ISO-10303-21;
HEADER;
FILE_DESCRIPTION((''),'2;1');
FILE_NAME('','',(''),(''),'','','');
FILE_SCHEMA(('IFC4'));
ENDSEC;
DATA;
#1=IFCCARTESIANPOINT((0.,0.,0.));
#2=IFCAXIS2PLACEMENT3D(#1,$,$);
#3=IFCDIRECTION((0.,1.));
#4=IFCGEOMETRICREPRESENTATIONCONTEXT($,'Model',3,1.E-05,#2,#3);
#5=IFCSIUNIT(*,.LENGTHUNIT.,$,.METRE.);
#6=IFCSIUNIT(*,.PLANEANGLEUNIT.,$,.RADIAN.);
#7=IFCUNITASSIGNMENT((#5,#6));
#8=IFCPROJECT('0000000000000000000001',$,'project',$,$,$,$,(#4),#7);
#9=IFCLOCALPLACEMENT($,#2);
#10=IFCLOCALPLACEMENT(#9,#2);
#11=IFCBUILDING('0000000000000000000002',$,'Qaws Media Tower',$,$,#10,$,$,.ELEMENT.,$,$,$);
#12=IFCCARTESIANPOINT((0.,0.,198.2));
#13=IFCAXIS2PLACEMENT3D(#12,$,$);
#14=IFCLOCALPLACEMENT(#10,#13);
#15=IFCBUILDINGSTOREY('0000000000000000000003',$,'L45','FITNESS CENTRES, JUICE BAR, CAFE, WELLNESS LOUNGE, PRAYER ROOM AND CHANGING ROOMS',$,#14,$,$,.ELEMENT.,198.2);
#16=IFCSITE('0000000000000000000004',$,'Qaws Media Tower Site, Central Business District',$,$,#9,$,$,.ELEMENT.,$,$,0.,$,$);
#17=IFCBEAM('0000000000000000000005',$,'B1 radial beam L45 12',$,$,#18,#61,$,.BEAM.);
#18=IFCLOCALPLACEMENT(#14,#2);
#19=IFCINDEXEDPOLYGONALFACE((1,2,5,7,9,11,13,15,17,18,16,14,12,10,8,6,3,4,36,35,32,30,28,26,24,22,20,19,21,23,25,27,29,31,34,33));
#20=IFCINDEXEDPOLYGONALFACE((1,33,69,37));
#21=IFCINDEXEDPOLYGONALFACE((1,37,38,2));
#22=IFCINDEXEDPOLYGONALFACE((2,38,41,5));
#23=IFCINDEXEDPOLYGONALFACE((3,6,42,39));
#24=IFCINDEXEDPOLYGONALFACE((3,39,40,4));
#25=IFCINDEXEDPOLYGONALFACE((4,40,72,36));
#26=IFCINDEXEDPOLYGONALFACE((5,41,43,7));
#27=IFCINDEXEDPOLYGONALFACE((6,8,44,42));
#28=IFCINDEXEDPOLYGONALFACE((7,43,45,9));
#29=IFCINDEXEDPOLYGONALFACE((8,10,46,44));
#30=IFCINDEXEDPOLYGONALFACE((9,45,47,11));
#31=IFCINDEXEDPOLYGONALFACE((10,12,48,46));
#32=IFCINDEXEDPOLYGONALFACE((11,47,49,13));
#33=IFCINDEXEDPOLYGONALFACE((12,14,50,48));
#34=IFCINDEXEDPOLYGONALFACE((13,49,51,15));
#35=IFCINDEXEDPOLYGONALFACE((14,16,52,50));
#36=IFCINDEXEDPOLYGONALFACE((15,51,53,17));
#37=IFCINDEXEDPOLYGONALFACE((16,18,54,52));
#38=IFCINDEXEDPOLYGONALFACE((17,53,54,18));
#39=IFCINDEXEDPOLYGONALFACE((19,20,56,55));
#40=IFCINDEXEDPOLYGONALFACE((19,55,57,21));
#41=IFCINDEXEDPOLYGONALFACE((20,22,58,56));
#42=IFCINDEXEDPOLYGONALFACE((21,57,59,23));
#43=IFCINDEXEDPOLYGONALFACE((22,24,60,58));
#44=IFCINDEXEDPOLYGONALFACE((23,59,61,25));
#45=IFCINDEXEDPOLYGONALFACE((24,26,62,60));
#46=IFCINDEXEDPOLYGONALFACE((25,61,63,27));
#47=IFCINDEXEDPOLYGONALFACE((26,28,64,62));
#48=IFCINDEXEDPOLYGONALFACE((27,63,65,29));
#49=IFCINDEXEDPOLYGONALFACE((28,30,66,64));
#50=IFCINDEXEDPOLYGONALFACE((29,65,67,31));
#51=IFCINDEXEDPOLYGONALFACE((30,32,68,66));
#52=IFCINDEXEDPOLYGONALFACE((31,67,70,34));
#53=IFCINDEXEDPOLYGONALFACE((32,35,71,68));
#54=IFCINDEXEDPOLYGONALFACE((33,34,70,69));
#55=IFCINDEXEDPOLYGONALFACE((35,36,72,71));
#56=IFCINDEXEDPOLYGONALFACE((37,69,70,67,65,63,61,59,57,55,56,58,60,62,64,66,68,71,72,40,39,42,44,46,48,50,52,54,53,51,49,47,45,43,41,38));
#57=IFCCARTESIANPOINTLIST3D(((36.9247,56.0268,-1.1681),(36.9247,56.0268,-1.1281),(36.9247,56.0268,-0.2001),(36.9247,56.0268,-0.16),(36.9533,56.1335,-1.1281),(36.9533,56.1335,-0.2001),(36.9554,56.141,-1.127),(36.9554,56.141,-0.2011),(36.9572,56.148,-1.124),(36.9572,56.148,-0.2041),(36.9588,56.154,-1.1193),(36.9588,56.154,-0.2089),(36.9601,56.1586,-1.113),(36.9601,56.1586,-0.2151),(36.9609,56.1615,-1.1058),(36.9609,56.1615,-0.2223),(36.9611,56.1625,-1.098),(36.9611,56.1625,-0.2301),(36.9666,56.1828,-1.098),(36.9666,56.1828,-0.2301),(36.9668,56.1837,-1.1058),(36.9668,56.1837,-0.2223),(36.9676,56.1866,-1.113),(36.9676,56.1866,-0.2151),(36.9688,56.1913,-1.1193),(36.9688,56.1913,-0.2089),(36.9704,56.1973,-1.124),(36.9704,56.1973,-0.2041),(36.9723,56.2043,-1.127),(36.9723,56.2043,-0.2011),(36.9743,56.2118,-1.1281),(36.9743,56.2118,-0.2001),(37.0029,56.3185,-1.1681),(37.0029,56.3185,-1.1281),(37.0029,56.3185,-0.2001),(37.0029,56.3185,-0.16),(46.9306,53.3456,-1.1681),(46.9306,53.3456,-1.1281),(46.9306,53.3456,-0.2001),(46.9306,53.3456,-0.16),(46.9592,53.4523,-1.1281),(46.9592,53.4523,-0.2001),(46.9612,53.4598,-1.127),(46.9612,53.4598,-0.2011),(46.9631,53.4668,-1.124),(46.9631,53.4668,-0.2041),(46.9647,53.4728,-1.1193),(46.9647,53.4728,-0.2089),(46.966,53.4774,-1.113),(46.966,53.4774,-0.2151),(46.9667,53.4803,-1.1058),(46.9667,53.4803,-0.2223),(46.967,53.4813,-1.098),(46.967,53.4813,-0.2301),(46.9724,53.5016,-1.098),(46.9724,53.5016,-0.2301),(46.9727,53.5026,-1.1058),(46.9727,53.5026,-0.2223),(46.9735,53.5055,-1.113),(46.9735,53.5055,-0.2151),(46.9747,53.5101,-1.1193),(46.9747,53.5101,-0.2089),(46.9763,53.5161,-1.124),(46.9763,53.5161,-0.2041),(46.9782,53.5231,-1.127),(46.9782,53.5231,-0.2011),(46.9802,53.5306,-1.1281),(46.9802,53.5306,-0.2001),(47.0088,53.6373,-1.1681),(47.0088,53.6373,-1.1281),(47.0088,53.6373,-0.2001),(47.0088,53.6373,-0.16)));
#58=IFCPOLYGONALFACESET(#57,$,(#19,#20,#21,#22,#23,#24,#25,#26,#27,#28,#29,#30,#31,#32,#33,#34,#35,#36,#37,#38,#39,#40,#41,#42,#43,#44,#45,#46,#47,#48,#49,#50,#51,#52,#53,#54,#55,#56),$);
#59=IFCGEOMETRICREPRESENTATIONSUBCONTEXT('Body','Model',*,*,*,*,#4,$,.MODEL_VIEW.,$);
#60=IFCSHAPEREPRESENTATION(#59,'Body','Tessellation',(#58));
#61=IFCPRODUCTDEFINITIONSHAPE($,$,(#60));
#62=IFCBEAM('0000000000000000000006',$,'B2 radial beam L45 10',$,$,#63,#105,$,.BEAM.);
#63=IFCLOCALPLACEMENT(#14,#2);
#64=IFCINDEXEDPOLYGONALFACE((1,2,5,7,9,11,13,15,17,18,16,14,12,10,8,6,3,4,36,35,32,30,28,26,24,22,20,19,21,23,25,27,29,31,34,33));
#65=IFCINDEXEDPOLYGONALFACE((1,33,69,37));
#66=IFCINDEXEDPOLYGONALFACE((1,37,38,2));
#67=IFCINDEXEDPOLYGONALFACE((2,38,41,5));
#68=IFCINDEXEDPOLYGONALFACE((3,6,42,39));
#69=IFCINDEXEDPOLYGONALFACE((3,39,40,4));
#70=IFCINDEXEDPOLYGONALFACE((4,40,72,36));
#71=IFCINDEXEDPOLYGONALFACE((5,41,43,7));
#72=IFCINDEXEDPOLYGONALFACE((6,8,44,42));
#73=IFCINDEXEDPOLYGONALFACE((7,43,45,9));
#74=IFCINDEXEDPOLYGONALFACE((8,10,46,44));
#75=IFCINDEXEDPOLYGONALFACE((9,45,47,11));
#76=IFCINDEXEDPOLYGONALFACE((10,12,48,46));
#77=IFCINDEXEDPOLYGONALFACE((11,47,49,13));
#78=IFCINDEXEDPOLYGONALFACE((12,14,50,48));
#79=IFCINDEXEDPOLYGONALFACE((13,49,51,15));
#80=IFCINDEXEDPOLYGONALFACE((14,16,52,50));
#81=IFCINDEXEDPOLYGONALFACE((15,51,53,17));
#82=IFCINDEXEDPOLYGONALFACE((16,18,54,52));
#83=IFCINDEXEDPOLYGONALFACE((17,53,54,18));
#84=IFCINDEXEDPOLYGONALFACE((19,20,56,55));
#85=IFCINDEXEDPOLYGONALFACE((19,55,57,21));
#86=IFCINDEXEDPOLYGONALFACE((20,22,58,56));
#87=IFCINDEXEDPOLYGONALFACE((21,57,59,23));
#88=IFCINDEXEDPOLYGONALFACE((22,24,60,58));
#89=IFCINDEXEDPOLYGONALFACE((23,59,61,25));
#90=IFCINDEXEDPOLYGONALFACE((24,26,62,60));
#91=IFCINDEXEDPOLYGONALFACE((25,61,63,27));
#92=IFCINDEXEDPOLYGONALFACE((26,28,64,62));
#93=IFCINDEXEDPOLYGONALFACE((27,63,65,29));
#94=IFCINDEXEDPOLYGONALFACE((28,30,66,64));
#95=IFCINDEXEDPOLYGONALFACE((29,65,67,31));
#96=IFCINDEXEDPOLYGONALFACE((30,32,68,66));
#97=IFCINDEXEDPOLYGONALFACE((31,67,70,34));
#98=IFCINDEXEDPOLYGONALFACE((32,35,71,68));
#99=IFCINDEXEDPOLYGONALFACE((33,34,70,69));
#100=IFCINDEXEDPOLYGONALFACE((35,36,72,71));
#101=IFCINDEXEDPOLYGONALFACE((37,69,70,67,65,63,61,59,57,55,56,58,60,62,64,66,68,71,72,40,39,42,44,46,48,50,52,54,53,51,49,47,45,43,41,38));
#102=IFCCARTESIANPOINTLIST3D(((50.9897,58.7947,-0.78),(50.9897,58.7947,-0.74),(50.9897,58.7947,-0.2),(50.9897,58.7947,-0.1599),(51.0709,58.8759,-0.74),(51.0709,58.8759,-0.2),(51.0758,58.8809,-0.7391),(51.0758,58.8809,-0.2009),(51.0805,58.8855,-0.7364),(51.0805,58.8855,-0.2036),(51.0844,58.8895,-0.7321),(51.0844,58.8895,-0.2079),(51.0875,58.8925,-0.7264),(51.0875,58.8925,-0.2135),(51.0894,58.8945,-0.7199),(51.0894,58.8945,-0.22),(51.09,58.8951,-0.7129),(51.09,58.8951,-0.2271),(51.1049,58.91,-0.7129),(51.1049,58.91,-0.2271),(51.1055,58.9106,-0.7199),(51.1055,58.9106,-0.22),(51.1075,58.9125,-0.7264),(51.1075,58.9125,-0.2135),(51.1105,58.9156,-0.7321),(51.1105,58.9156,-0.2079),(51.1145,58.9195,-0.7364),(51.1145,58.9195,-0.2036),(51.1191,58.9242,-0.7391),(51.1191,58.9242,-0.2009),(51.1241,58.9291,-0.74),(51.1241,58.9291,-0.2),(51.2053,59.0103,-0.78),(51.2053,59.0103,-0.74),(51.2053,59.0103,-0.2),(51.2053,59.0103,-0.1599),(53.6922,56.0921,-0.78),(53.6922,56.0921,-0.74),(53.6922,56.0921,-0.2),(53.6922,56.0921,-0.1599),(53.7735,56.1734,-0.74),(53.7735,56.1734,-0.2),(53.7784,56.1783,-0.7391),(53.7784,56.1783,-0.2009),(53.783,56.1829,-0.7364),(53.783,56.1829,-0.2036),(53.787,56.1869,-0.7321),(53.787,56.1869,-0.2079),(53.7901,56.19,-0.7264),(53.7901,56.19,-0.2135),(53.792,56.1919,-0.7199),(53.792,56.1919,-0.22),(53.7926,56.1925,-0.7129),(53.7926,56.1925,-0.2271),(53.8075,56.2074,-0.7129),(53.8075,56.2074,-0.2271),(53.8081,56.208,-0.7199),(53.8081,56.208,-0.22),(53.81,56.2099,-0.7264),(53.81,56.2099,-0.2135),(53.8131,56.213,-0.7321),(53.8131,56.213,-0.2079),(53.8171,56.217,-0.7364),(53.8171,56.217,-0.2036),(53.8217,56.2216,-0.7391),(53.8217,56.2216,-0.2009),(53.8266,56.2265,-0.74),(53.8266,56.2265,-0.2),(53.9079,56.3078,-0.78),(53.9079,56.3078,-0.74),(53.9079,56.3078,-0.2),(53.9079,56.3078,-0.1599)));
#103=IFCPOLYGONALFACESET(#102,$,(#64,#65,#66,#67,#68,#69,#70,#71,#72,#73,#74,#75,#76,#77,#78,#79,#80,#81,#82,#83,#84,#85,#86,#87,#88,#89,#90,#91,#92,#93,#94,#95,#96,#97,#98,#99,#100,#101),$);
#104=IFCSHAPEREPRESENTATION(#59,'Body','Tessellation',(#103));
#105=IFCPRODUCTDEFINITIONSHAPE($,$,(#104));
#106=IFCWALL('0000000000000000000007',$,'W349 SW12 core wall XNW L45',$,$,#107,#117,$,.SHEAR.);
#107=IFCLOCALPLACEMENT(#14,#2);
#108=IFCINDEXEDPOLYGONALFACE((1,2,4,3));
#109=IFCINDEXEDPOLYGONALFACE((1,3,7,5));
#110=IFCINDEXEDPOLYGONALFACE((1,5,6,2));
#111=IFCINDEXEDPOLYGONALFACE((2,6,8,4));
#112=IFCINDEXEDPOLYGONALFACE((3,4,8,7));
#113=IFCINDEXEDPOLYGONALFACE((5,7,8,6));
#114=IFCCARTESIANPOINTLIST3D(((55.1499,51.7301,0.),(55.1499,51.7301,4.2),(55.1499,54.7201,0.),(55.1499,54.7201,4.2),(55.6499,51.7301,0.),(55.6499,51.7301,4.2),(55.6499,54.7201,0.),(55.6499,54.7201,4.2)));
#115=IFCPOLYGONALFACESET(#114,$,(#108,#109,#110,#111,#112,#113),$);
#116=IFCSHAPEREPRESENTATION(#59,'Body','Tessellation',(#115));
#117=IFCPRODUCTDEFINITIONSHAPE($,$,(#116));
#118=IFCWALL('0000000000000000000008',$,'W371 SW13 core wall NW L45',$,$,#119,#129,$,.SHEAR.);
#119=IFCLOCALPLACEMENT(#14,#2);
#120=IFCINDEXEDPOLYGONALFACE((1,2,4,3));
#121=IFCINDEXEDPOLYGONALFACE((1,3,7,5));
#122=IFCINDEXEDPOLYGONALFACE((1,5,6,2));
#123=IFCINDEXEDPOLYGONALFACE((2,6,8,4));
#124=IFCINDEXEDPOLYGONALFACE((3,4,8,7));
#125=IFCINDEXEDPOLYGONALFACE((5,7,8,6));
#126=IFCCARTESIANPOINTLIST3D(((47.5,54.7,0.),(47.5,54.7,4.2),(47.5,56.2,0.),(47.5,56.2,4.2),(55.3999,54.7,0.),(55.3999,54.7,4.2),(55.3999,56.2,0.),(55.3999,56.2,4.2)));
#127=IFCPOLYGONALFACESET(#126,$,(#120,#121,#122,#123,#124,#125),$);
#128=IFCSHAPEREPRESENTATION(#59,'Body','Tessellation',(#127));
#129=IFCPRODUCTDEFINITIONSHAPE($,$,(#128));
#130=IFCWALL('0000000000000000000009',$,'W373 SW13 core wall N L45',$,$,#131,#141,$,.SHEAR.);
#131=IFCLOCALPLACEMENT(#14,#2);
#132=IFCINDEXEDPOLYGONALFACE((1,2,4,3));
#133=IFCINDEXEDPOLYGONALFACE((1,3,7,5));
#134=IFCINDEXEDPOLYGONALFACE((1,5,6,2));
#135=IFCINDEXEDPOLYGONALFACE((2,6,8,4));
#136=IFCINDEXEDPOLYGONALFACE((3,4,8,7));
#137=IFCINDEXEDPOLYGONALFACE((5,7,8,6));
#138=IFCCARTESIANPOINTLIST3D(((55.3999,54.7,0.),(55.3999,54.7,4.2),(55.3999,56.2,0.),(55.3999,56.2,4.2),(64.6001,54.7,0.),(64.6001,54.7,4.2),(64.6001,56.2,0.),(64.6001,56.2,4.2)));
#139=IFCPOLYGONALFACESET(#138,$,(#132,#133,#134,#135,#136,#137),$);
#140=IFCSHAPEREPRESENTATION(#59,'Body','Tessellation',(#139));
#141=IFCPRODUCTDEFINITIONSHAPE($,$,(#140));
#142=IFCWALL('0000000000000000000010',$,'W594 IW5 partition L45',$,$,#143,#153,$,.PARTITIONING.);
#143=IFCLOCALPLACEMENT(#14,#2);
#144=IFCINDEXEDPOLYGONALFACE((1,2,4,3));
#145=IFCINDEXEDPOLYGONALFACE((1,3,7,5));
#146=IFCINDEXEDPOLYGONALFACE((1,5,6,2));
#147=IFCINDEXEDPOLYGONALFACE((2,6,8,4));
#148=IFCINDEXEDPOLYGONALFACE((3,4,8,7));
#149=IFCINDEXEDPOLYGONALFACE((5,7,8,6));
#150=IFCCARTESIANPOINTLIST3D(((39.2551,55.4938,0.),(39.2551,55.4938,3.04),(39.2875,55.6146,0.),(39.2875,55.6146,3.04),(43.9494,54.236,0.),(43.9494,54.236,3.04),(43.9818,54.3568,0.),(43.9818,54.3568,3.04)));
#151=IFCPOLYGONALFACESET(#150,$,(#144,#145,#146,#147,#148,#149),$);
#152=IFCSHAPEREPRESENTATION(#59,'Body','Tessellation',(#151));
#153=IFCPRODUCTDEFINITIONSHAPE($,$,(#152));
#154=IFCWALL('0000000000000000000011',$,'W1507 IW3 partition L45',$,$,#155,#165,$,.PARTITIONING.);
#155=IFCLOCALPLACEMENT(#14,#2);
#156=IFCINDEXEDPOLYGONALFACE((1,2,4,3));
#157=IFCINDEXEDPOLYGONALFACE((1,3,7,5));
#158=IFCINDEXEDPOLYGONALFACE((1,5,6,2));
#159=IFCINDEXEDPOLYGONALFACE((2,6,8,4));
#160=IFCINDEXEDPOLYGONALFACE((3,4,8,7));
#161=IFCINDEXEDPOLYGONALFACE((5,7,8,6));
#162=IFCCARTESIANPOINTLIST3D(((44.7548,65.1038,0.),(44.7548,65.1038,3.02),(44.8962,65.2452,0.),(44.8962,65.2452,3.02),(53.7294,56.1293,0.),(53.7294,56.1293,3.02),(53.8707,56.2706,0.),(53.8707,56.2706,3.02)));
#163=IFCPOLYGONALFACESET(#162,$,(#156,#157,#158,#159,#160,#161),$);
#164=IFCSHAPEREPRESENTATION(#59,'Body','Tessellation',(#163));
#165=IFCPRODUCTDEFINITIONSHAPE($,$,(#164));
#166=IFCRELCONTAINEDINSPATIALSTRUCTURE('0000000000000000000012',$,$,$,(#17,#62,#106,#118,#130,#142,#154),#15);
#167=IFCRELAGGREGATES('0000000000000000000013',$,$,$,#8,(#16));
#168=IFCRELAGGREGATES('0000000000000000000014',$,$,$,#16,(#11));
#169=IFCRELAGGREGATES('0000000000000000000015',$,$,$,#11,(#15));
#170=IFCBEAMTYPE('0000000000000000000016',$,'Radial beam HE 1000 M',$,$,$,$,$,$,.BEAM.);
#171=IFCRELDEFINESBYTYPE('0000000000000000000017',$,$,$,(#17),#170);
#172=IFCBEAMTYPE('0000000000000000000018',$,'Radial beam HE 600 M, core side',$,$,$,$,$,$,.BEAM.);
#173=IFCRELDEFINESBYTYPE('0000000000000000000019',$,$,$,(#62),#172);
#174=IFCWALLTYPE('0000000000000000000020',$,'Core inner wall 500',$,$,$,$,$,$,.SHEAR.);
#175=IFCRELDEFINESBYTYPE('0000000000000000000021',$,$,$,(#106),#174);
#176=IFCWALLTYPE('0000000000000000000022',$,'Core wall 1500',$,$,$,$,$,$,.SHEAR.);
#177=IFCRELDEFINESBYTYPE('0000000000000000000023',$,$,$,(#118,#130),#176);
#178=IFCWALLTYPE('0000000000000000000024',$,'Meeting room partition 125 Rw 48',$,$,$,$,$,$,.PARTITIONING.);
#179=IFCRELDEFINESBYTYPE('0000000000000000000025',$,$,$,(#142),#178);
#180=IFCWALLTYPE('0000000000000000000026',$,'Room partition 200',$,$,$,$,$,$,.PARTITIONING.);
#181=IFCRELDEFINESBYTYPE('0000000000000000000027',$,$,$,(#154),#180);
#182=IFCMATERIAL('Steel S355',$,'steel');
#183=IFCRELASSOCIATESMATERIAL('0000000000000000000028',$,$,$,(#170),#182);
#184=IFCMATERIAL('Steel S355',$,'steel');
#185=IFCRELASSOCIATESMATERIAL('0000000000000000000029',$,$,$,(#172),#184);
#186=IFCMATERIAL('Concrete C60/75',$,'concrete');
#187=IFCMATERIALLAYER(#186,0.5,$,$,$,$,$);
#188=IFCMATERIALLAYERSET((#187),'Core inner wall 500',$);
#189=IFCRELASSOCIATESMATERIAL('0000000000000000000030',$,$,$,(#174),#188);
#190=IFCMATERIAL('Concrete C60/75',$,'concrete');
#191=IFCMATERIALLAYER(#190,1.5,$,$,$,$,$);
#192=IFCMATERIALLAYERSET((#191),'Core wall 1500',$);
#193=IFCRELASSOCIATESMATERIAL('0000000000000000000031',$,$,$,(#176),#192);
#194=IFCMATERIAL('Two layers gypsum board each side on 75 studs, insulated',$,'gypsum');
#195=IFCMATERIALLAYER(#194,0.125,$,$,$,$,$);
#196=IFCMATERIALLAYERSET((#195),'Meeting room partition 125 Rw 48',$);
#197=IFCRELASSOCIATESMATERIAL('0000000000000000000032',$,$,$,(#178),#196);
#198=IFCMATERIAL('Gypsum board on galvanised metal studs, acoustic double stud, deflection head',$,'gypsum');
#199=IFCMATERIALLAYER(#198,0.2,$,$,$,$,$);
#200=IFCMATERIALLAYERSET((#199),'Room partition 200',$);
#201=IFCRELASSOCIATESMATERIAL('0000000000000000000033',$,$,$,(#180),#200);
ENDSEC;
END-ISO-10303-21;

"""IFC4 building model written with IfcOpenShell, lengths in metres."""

from ifc_helpers import new_model, si_unit, direction, frame, frame_2d, origin, origin_2d, place, context, subcontext, project, spatial, rectangle, i_section, extrude, material, layer, layer_set, material_profile, profile_set, type_object, element, save


model = new_model("IFC4")

# Units and contexts
model_context = context("Model", 3, precision=1e-05, world=origin(), true_north=direction((0.0, 1.0)))
body_context = subcontext(model_context, "Body", "Model", "MODEL_VIEW")
ifc_project = project(units=[si_unit("LENGTHUNIT", "METRE"), si_unit("PLANEANGLEUNIT", "RADIAN")], contexts=[model_context])

# Site, building, storey
site_placement = place(None, origin())
site = spatial("IfcSite", under=ifc_project, at=site_placement, Name="Qaws Media Tower Site, Central Business District", CompositionType="ELEMENT", RefElevation=0.0)
building_placement = place(site_placement, origin())
building = spatial("IfcBuilding", under=site, at=building_placement, Name="Qaws Media Tower", CompositionType="ELEMENT")
storey_placement = place(building_placement, frame((0.0, 0.0, 198.2)))
storey = spatial("IfcBuildingStorey", under=building, at=storey_placement, Name="L45", Description="FITNESS CENTRES, JUICE BAR, CAFE, WELLNESS LOUNGE, PRAYER ROOM AND CHANGING ROOMS", CompositionType="ELEMENT", Elevation=198.2)

# Beams
ifc_material_1 = material(Name="Steel S355", Category="steel")
ifc_material_profile_1 = material_profile(ifc_material_1, i_section(OverallWidth=0.302, OverallDepth=1.0081, WebThickness=0.021, FlangeThickness=0.04, FilletRadius=0.03, at=origin_2d()), Name="HE 1000 M")
ifc_profile_set_1 = profile_set([ifc_material_profile_1], Name="Steel S355")
beam_type_1 = type_object("IfcBeamType", Name="Radial beam HE 1000 M", PredefinedType="BEAM", material=ifc_profile_set_1)
beam_1_placement = place(storey_placement, frame((46.9697, 53.4915, -0.6641), z_axis=(-0.965924, 0.258827, 0.0), x_axis=(-0.258827, -0.965924, 0.0)))
element("IfcBeam", 1, at=beam_1_placement, inside=storey, type_object=beam_type_1, Name="B1 radial beam L45 12", PredefinedType="BEAM", context=body_context, shape_type="SweptSolid", body=[
    extrude(i_section(OverallWidth=0.302, OverallDepth=1.0081, WebThickness=0.021, FlangeThickness=0.04, FilletRadius=0.03, at=origin_2d()), origin(), (0.0, 0.0, 1.0), 10.3589),
])
ifc_material_2 = material(Name="Steel S355", Category="steel")
ifc_material_profile_2 = material_profile(ifc_material_2, i_section(OverallWidth=0.3049, OverallDepth=0.6201, WebThickness=0.021, FlangeThickness=0.04, FilletRadius=0.0271, at=origin_2d()), Name="HE 600 M")
ifc_profile_set_2 = profile_set([ifc_material_profile_2], Name="Steel S355")
beam_type_2 = type_object("IfcBeamType", Name="Radial beam HE 600 M, core side", PredefinedType="BEAM", material=ifc_profile_set_2)
beam_2_placement = place(storey_placement, frame((53.8, 56.2, -0.47), z_axis=(-0.707107, 0.707107, 0.0), x_axis=(-0.707107, -0.707107, 0.0)))
element("IfcBeam", 2, at=beam_2_placement, inside=storey, type_object=beam_type_2, Name="B2 radial beam L45 10", PredefinedType="BEAM", context=body_context, shape_type="SweptSolid", body=[
    extrude(i_section(OverallWidth=0.3049, OverallDepth=0.6201, WebThickness=0.021, FlangeThickness=0.04, FilletRadius=0.0271, at=origin_2d()), origin(), (0.0, 0.0, 1.0), 3.822),
])

# Walls
ifc_material_3 = material(Name="Concrete C60/75", Category="concrete")
ifc_layer_1 = layer(ifc_material_3, 0.5)
ifc_layer_set_1 = layer_set([ifc_layer_1], Name="Core inner wall 500")
wall_type_1 = type_object("IfcWallType", Name="Core inner wall 500", PredefinedType="SHEAR", material=ifc_layer_set_1)
wall_1_placement = place(storey_placement, frame((55.3999, 51.73, 0.0), z_axis=(0.0, 0.0, 1.0), x_axis=(0.0, 1.0, 0.0)))
element("IfcWall", 3, at=wall_1_placement, inside=storey, type_object=wall_type_1, Name="W349 SW12 core wall XNW L45", PredefinedType="SHEAR", context=body_context, shape_type="SweptSolid", body=[
    extrude(rectangle(XDim=2.99, YDim=0.5, at=frame_2d((1.4951, 0.0))), origin(), (0.0, 0.0, 1.0), 4.2),
])
ifc_material_4 = material(Name="Concrete C60/75", Category="concrete")
ifc_layer_2 = layer(ifc_material_4, 1.5)
ifc_layer_set_2 = layer_set([ifc_layer_2], Name="Core wall 1500")
wall_type_2 = type_object("IfcWallType", Name="Core wall 1500", PredefinedType="SHEAR", material=ifc_layer_set_2)
wall_2_placement = place(storey_placement, frame((47.5, 55.45, 0.0), z_axis=(0.0, 0.0, 1.0), x_axis=(1.0, 0.0, 0.0)))
element("IfcWall", 4, at=wall_2_placement, inside=storey, type_object=wall_type_2, Name="W371 SW13 core wall NW L45", PredefinedType="SHEAR", context=body_context, shape_type="SweptSolid", body=[
    extrude(rectangle(XDim=7.8999, YDim=1.5, at=frame_2d((3.95, 0.0))), origin(), (0.0, 0.0, 1.0), 4.2),
])
wall_3_placement = place(storey_placement, frame((55.3999, 55.45, 0.0), z_axis=(0.0, 0.0, 1.0), x_axis=(1.0, 0.0, 0.0)))
element("IfcWall", 5, at=wall_3_placement, inside=storey, type_object=wall_type_2, Name="W373 SW13 core wall N L45", PredefinedType="SHEAR", context=body_context, shape_type="SweptSolid", body=[
    extrude(rectangle(XDim=9.2002, YDim=1.5, at=frame_2d((4.6001, 0.0))), origin(), (0.0, 0.0, 1.0), 4.2),
])
ifc_material_5 = material(Name="Two layers gypsum board each side on 75 studs, insulated", Category="gypsum")
ifc_layer_3 = layer(ifc_material_5, 0.125)
ifc_layer_set_3 = layer_set([ifc_layer_3], Name="Meeting room partition 125 Rw 48")
wall_type_3 = type_object("IfcWallType", Name="Meeting room partition 125 Rw 48", PredefinedType="PARTITIONING", material=ifc_layer_set_3)
wall_4_placement = place(storey_placement, frame((43.9656, 54.2964, 0.0), z_axis=(0.0, 0.0, 1.0), x_axis=(-0.965927, 0.258813, 0.0)))
element("IfcWall", 6, at=wall_4_placement, inside=storey, type_object=wall_type_3, Name="W594 IW5 partition L45", PredefinedType="PARTITIONING", context=body_context, shape_type="SweptSolid", body=[
    extrude(rectangle(XDim=4.8599, YDim=0.125, at=frame_2d((2.4299, 0.0))), origin(), (0.0, 0.0, 1.0), 3.04),
])
ifc_material_6 = material(Name="Gypsum board on galvanised metal studs, acoustic double stud, deflection head", Category="gypsum")
ifc_layer_4 = layer(ifc_material_6, 0.2)
ifc_layer_set_4 = layer_set([ifc_layer_4], Name="Room partition 200")
wall_type_4 = type_object("IfcWallType", Name="Room partition 200", PredefinedType="PARTITIONING", material=ifc_layer_set_4)
wall_5_placement = place(storey_placement, frame((53.8, 56.2, 0.0), z_axis=(0.0, 0.0, 1.0), x_axis=(-0.707107, 0.707107, 0.0)))
element("IfcWall", 7, at=wall_5_placement, inside=storey, type_object=wall_type_4, Name="W1507 IW3 partition L45", PredefinedType="PARTITIONING", context=body_context, shape_type="SweptSolid", body=[
    extrude(rectangle(XDim=12.6919, YDim=0.2, at=frame_2d((6.3459, 0.0))), origin(), (0.0, 0.0, 1.0), 3.02),
])

save(model, "model.ifc")
